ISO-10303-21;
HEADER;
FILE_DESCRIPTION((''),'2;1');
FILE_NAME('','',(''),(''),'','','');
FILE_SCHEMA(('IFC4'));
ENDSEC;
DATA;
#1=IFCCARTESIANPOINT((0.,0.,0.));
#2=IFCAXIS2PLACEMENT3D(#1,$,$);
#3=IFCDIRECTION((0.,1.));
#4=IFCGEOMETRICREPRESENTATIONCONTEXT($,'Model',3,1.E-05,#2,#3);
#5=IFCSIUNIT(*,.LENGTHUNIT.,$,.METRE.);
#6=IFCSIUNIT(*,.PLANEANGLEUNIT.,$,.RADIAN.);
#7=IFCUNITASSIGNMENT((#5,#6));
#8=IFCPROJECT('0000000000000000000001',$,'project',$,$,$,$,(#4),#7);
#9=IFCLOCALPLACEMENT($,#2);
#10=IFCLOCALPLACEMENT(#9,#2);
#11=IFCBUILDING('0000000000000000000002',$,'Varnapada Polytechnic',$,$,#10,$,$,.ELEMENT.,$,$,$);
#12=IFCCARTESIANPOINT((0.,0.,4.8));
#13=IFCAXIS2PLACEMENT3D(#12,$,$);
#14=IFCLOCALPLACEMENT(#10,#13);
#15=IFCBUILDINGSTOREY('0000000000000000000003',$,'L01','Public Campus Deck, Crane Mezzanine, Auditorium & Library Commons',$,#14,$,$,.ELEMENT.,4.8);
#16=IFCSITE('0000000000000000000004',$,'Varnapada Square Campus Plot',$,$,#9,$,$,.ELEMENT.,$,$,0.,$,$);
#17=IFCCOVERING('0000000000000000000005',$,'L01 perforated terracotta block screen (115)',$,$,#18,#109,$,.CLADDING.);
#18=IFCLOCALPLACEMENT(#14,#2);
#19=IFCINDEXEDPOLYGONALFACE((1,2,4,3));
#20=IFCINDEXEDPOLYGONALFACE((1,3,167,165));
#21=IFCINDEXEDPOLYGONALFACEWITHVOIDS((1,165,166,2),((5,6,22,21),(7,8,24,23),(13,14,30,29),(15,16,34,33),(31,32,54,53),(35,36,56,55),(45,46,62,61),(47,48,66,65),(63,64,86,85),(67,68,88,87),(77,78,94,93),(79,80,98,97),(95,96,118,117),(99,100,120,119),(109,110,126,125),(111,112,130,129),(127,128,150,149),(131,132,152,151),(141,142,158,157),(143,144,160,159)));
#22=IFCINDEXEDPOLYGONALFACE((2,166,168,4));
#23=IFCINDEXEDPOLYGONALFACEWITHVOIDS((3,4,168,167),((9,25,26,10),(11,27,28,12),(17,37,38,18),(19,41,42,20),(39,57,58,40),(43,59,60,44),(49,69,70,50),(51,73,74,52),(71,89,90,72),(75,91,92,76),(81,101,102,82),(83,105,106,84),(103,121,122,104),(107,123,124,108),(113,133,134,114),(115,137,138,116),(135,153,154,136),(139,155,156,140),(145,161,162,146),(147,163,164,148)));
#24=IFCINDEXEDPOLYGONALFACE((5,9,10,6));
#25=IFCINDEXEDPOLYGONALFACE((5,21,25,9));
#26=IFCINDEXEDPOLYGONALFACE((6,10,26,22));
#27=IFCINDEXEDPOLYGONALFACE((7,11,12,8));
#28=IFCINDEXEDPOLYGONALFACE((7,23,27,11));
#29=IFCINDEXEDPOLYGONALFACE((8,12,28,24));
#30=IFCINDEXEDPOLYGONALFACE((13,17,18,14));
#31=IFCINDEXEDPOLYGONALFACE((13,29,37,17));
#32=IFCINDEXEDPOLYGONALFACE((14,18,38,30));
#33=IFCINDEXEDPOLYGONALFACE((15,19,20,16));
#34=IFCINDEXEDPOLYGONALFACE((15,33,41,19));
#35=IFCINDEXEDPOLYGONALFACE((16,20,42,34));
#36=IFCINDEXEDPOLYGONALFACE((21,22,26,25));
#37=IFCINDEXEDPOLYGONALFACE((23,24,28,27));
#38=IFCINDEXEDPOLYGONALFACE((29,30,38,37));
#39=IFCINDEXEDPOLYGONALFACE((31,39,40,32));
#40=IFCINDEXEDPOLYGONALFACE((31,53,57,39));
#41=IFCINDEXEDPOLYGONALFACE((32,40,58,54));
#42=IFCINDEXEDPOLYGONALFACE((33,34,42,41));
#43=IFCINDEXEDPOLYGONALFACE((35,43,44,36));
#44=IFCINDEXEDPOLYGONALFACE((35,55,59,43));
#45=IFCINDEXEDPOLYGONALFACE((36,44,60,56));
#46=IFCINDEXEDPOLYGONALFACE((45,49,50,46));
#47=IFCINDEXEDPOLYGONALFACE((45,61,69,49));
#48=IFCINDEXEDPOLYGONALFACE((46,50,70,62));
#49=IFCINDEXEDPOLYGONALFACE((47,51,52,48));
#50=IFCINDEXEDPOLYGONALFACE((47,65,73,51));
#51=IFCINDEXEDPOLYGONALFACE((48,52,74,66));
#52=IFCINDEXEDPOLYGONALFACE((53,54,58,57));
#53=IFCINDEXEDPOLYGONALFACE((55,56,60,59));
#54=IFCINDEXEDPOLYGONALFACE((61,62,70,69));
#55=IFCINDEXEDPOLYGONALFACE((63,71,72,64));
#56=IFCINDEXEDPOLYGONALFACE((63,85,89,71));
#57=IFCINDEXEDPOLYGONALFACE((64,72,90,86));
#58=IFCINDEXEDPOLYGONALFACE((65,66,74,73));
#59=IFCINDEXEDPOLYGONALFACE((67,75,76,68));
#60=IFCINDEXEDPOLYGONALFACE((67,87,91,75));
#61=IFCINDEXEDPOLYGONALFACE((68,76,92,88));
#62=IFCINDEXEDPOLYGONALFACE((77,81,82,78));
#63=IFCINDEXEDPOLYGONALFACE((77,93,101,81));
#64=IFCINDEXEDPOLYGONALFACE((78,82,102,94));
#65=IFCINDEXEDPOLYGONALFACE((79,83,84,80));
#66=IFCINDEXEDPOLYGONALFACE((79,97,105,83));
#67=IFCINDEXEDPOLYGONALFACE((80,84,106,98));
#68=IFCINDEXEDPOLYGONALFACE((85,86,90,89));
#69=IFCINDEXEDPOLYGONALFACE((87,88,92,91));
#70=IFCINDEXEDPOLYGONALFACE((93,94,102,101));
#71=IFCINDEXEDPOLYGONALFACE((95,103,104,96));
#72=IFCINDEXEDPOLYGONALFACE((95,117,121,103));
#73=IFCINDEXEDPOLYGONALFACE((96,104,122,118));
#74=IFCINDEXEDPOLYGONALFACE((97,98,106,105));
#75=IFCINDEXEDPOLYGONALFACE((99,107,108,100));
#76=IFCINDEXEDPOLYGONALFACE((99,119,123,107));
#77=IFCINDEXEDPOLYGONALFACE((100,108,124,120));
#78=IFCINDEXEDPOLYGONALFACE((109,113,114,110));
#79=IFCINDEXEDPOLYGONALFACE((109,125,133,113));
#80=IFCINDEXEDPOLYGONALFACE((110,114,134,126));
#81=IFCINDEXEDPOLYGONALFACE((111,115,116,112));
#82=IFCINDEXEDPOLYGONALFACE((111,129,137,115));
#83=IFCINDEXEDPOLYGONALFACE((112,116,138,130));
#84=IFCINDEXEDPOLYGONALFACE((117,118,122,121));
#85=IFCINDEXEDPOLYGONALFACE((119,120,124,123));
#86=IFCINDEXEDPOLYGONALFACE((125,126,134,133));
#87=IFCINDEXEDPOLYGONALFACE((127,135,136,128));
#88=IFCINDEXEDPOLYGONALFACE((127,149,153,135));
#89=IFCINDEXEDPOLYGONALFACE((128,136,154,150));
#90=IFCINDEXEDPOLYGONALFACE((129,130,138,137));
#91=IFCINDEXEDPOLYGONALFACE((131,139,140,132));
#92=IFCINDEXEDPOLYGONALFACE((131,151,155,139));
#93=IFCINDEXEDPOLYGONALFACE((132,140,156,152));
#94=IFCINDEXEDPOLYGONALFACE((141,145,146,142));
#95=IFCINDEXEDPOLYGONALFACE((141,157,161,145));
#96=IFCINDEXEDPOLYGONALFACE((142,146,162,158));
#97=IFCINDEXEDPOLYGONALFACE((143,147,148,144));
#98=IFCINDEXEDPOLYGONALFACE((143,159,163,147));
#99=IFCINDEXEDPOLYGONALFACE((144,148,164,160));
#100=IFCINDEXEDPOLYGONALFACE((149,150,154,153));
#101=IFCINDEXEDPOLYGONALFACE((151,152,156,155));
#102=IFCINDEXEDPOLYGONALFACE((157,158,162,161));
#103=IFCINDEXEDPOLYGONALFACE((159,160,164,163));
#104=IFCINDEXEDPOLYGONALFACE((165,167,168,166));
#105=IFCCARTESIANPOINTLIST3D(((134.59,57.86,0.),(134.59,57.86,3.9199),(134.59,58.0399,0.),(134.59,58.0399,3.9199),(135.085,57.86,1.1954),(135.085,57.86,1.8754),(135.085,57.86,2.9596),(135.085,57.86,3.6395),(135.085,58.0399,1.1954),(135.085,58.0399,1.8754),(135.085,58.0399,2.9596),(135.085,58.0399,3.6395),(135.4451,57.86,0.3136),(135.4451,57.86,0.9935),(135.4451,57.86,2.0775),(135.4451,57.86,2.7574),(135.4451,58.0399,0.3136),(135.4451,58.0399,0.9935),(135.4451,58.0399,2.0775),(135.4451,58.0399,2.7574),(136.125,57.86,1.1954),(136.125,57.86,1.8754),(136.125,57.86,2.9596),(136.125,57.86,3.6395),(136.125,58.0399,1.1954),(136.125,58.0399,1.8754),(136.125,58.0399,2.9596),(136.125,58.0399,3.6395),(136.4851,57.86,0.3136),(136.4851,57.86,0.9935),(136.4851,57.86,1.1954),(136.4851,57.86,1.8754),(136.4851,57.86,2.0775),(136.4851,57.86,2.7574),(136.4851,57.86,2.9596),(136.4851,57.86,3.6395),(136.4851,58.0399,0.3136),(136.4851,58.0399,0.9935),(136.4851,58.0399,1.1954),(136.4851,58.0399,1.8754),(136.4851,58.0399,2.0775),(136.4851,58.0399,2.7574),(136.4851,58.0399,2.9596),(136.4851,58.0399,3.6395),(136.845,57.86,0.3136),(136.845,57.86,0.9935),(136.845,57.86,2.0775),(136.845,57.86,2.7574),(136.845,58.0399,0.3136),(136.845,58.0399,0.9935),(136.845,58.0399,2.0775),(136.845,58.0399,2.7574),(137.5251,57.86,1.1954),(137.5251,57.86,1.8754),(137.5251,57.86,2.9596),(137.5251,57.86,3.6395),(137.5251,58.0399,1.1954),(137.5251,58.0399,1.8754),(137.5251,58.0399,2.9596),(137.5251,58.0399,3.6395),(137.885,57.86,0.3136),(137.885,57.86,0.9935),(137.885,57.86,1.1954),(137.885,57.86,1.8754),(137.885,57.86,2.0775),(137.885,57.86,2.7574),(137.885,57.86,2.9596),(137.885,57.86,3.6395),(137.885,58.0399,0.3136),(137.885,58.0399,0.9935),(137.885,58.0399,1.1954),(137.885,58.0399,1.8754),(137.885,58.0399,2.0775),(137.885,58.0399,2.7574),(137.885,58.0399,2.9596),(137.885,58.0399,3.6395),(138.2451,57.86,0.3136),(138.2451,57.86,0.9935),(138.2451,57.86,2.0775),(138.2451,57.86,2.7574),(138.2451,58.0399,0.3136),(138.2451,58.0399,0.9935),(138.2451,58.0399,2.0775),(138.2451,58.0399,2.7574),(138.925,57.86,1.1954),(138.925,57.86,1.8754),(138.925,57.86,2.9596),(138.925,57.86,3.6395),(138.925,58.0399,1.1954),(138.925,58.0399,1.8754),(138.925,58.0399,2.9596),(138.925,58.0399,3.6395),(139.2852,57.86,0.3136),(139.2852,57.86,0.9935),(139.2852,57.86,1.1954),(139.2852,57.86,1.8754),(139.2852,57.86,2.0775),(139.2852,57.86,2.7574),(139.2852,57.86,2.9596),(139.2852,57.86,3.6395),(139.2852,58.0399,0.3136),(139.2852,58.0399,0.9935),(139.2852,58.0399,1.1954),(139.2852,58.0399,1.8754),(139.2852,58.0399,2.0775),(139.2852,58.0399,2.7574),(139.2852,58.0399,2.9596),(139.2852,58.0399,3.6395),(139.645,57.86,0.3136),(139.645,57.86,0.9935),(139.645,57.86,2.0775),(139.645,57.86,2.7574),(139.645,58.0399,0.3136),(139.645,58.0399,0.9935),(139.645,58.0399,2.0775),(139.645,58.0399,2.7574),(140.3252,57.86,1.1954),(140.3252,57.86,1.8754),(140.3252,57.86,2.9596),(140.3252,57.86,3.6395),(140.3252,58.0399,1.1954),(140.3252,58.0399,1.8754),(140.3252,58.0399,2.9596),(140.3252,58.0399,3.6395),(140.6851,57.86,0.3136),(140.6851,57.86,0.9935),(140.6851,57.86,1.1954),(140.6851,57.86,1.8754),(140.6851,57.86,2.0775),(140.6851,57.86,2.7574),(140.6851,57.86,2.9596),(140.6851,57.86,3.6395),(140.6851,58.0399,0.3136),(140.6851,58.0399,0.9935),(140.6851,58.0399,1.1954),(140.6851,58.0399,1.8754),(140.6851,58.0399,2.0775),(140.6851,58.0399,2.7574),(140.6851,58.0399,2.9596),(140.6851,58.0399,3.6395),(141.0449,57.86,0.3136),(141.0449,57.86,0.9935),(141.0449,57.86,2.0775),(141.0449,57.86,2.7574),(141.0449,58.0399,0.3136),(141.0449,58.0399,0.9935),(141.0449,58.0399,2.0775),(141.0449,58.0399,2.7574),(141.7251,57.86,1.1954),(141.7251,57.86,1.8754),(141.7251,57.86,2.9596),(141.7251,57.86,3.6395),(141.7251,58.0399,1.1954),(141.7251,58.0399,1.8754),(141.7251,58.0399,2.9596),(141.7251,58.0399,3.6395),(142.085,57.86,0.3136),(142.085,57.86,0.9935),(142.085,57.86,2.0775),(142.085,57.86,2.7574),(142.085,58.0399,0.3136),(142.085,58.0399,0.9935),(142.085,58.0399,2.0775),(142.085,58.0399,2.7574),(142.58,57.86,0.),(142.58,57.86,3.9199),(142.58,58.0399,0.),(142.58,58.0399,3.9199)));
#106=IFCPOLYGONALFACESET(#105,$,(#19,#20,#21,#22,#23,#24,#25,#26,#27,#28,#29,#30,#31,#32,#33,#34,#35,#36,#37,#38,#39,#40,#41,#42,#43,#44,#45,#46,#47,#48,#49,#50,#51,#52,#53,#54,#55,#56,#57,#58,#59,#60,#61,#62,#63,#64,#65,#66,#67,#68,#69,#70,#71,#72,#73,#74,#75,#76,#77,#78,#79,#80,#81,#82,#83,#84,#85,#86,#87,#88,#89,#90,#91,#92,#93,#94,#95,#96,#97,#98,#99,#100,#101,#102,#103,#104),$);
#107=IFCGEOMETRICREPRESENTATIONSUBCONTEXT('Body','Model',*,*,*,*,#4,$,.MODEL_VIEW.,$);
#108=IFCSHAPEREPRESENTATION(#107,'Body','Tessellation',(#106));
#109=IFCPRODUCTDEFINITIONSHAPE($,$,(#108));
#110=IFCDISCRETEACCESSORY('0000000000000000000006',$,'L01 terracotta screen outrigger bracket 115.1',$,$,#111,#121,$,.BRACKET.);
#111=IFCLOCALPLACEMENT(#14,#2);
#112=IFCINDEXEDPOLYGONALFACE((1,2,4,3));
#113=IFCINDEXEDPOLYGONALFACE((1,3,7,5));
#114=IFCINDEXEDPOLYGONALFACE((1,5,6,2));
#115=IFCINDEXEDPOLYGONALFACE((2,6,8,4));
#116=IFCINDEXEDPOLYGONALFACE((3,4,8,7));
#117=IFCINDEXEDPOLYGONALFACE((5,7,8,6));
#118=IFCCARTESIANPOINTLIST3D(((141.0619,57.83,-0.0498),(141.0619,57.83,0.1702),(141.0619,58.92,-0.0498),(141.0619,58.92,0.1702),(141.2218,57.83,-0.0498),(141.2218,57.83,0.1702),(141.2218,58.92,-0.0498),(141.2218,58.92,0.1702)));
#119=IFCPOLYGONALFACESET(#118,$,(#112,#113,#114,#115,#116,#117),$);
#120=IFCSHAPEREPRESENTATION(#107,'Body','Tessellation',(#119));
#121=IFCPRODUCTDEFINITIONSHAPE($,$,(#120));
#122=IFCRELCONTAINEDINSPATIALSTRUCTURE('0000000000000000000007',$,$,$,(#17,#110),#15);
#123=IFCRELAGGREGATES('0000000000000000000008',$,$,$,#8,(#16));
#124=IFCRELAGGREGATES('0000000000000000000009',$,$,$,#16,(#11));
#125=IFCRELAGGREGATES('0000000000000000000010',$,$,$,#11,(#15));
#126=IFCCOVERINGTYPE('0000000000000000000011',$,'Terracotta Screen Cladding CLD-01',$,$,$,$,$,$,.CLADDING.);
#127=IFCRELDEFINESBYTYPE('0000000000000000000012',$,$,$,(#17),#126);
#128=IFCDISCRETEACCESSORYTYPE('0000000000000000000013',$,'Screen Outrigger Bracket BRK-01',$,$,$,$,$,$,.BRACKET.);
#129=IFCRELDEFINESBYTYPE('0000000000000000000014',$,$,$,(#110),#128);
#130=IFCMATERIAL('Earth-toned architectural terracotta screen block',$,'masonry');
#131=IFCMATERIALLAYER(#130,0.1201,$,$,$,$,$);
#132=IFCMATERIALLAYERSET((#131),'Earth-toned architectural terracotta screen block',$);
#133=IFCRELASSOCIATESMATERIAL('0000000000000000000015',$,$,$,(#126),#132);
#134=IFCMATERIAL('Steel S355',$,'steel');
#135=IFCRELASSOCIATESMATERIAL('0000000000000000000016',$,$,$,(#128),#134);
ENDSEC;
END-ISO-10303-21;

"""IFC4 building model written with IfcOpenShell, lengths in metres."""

from ifc_helpers import new_model, si_unit, direction, frame, frame_2d, origin, origin_2d, place, context, subcontext, project, spatial, rectangle, extrude, material, layer, layer_set, type_object, element, save


model = new_model("IFC4")

# Units and contexts
model_context = context("Model", 3, precision=1e-05, world=origin(), true_north=direction((0.0, 1.0)))
body_context = subcontext(model_context, "Body", "Model", "MODEL_VIEW")
ifc_project = project(units=[si_unit("LENGTHUNIT", "METRE"), si_unit("PLANEANGLEUNIT", "RADIAN")], contexts=[model_context])

# Site, building, storey
site_placement = place(None, origin())
site = spatial("IfcSite", under=ifc_project, at=site_placement, Name="Varnapada Square Campus Plot", CompositionType="ELEMENT", RefElevation=0.0)
building_placement = place(site_placement, origin())
building = spatial("IfcBuilding", under=site, at=building_placement, Name="Varnapada Polytechnic", CompositionType="ELEMENT")
storey_placement = place(building_placement, frame((0.0, 0.0, 4.8)))
storey = spatial("IfcBuildingStorey", under=building, at=storey_placement, Name="L01", Description="Public Campus Deck, Crane Mezzanine, Auditorium & Library Commons", CompositionType="ELEMENT", Elevation=4.8)

# Shared definitions
ifc_material_1 = material(Name="Steel S355", Category="steel")

# Covering, openings
ifc_material_2 = material(Name="Earth-toned architectural terracotta screen block", Category="masonry")
ifc_layer_1 = layer(ifc_material_2, 0.1201)
ifc_layer_set_1 = layer_set([ifc_layer_1], Name="Earth-toned architectural terracotta screen block")
covering_type = type_object("IfcCoveringType", Name="Terracotta Screen Cladding CLD-01", PredefinedType="CLADDING", material=ifc_layer_set_1)
covering_placement = place(storey_placement, frame((142.5801, 57.95, 0.0), z_axis=(0.0, 0.0, 1.0), x_axis=(-1.0, 0.0, 0.0)))
covering = element("IfcCovering", 1, at=covering_placement, inside=storey, type_object=covering_type, Name="L01 perforated terracotta block screen (115)", PredefinedType="CLADDING", context=body_context, shape_type="SweptSolid", body=[
    extrude(rectangle(XDim=7.99, YDim=0.1799, at=frame_2d((3.9951, 0.0))), origin(), (0.0, 0.0, 1.0), 3.9199),
])
opening_1_placement = place(covering_placement, frame((0.4951, 0.0, 0.3137)))
element("IfcOpeningElement", 2, at=opening_1_placement, cuts=covering, PredefinedType="OPENING", context=body_context, shape_type="SweptSolid", body=[
    extrude(rectangle(XDim=1.04, YDim=0.6799, at=frame_2d((0.52, 0.3398))), frame((0.0, 0.0999, 0.0), z_axis=(0.0, -1.0, 0.0), x_axis=(1.0, 0.0, 0.0)), (0.0, 0.0, 1.0), 0.2),
])
opening_2_placement = place(covering_placement, frame((1.895, 0.0, 0.3137)))
element("IfcOpeningElement", 3, at=opening_2_placement, cuts=covering, PredefinedType="OPENING", context=body_context, shape_type="SweptSolid", body=[
    extrude(rectangle(XDim=1.04, YDim=0.6799, at=frame_2d((0.52, 0.3398))), frame((0.0, 0.0999, 0.0), z_axis=(0.0, -1.0, 0.0), x_axis=(1.0, 0.0, 0.0)), (0.0, 0.0, 1.0), 0.2),
])
opening_3_placement = place(covering_placement, frame((3.2949, 0.0, 0.3137)))
element("IfcOpeningElement", 4, at=opening_3_placement, cuts=covering, PredefinedType="OPENING", context=body_context, shape_type="SweptSolid", body=[
    extrude(rectangle(XDim=1.04, YDim=0.6799, at=frame_2d((0.52, 0.3398))), frame((0.0, 0.0999, 0.0), z_axis=(0.0, -1.0, 0.0), x_axis=(1.0, 0.0, 0.0)), (0.0, 0.0, 1.0), 0.2),
])
opening_4_placement = place(covering_placement, frame((4.6951, 0.0, 0.3137)))
element("IfcOpeningElement", 5, at=opening_4_placement, cuts=covering, PredefinedType="OPENING", context=body_context, shape_type="SweptSolid", body=[
    extrude(rectangle(XDim=1.04, YDim=0.6799, at=frame_2d((0.52, 0.3398))), frame((0.0, 0.0999, 0.0), z_axis=(0.0, -1.0, 0.0), x_axis=(1.0, 0.0, 0.0)), (0.0, 0.0, 1.0), 0.2),
])
opening_5_placement = place(covering_placement, frame((6.095, 0.0, 0.3137)))
element("IfcOpeningElement", 6, at=opening_5_placement, cuts=covering, PredefinedType="OPENING", context=body_context, shape_type="SweptSolid", body=[
    extrude(rectangle(XDim=1.04, YDim=0.6799, at=frame_2d((0.52, 0.3398))), frame((0.0, 0.0999, 0.0), z_axis=(0.0, -1.0, 0.0), x_axis=(1.0, 0.0, 0.0)), (0.0, 0.0, 1.0), 0.2),
])
opening_6_placement = place(covering_placement, frame((0.855, 0.0, 1.1956)))
element("IfcOpeningElement", 7, at=opening_6_placement, cuts=covering, PredefinedType="OPENING", context=body_context, shape_type="SweptSolid", body=[
    extrude(rectangle(XDim=1.04, YDim=0.6799, at=frame_2d((0.52, 0.3398))), frame((0.0, 0.0999, 0.0), z_axis=(0.0, -1.0, 0.0), x_axis=(1.0, 0.0, 0.0)), (0.0, 0.0, 1.0), 0.2),
])
opening_7_placement = place(covering_placement, frame((2.2549, 0.0, 1.1956)))
element("IfcOpeningElement", 8, at=opening_7_placement, cuts=covering, PredefinedType="OPENING", context=body_context, shape_type="SweptSolid", body=[
    extrude(rectangle(XDim=1.04, YDim=0.6799, at=frame_2d((0.52, 0.3398))), frame((0.0, 0.0999, 0.0), z_axis=(0.0, -1.0, 0.0), x_axis=(1.0, 0.0, 0.0)), (0.0, 0.0, 1.0), 0.2),
])
opening_8_placement = place(covering_placement, frame((3.655, 0.0, 1.1956)))
element("IfcOpeningElement", 9, at=opening_8_placement, cuts=covering, PredefinedType="OPENING", context=body_context, shape_type="SweptSolid", body=[
    extrude(rectangle(XDim=1.04, YDim=0.6799, at=frame_2d((0.52, 0.3398))), frame((0.0, 0.0999, 0.0), z_axis=(0.0, -1.0, 0.0), x_axis=(1.0, 0.0, 0.0)), (0.0, 0.0, 1.0), 0.2),
])
opening_9_placement = place(covering_placement, frame((5.0549, 0.0, 1.1956)))
element("IfcOpeningElement", 10, at=opening_9_placement, cuts=covering, PredefinedType="OPENING", context=body_context, shape_type="SweptSolid", body=[
    extrude(rectangle(XDim=1.04, YDim=0.6799, at=frame_2d((0.52, 0.3398))), frame((0.0, 0.0999, 0.0), z_axis=(0.0, -1.0, 0.0), x_axis=(1.0, 0.0, 0.0)), (0.0, 0.0, 1.0), 0.2),
])
opening_10_placement = place(covering_placement, frame((6.4551, 0.0, 1.1956)))
element("IfcOpeningElement", 11, at=opening_10_placement, cuts=covering, PredefinedType="OPENING", context=body_context, shape_type="SweptSolid", body=[
    extrude(rectangle(XDim=1.04, YDim=0.6799, at=frame_2d((0.52, 0.3398))), frame((0.0, 0.0999, 0.0), z_axis=(0.0, -1.0, 0.0), x_axis=(1.0, 0.0, 0.0)), (0.0, 0.0, 1.0), 0.2),
])
opening_11_placement = place(covering_placement, frame((0.4951, 0.0, 2.0776)))
element("IfcOpeningElement", 12, at=opening_11_placement, cuts=covering, PredefinedType="OPENING", context=body_context, shape_type="SweptSolid", body=[
    extrude(rectangle(XDim=1.04, YDim=0.6799, at=frame_2d((0.52, 0.3398))), frame((0.0, 0.0999, 0.0), z_axis=(0.0, -1.0, 0.0), x_axis=(1.0, 0.0, 0.0)), (0.0, 0.0, 1.0), 0.2),
])
opening_12_placement = place(covering_placement, frame((1.895, 0.0, 2.0776)))
element("IfcOpeningElement", 13, at=opening_12_placement, cuts=covering, PredefinedType="OPENING", context=body_context, shape_type="SweptSolid", body=[
    extrude(rectangle(XDim=1.04, YDim=0.6799, at=frame_2d((0.52, 0.3398))), frame((0.0, 0.0999, 0.0), z_axis=(0.0, -1.0, 0.0), x_axis=(1.0, 0.0, 0.0)), (0.0, 0.0, 1.0), 0.2),
])
opening_13_placement = place(covering_placement, frame((3.2949, 0.0, 2.0776)))
element("IfcOpeningElement", 14, at=opening_13_placement, cuts=covering, PredefinedType="OPENING", context=body_context, shape_type="SweptSolid", body=[
    extrude(rectangle(XDim=1.04, YDim=0.6799, at=frame_2d((0.52, 0.3398))), frame((0.0, 0.0999, 0.0), z_axis=(0.0, -1.0, 0.0), x_axis=(1.0, 0.0, 0.0)), (0.0, 0.0, 1.0), 0.2),
])
opening_14_placement = place(covering_placement, frame((4.6951, 0.0, 2.0776)))
element("IfcOpeningElement", 15, at=opening_14_placement, cuts=covering, PredefinedType="OPENING", context=body_context, shape_type="SweptSolid", body=[
    extrude(rectangle(XDim=1.04, YDim=0.6799, at=frame_2d((0.52, 0.3398))), frame((0.0, 0.0999, 0.0), z_axis=(0.0, -1.0, 0.0), x_axis=(1.0, 0.0, 0.0)), (0.0, 0.0, 1.0), 0.2),
])
opening_15_placement = place(covering_placement, frame((6.095, 0.0, 2.0776)))
element("IfcOpeningElement", 16, at=opening_15_placement, cuts=covering, PredefinedType="OPENING", context=body_context, shape_type="SweptSolid", body=[
    extrude(rectangle(XDim=1.04, YDim=0.6799, at=frame_2d((0.52, 0.3398))), frame((0.0, 0.0999, 0.0), z_axis=(0.0, -1.0, 0.0), x_axis=(1.0, 0.0, 0.0)), (0.0, 0.0, 1.0), 0.2),
])
opening_16_placement = place(covering_placement, frame((0.855, 0.0, 2.9597)))
element("IfcOpeningElement", 17, at=opening_16_placement, cuts=covering, PredefinedType="OPENING", context=body_context, shape_type="SweptSolid", body=[
    extrude(rectangle(XDim=1.04, YDim=0.6799, at=frame_2d((0.52, 0.3398))), frame((0.0, 0.0999, 0.0), z_axis=(0.0, -1.0, 0.0), x_axis=(1.0, 0.0, 0.0)), (0.0, 0.0, 1.0), 0.2),
])
opening_17_placement = place(covering_placement, frame((2.2549, 0.0, 2.9597)))
element("IfcOpeningElement", 18, at=opening_17_placement, cuts=covering, PredefinedType="OPENING", context=body_context, shape_type="SweptSolid", body=[
    extrude(rectangle(XDim=1.04, YDim=0.6799, at=frame_2d((0.52, 0.3398))), frame((0.0, 0.0999, 0.0), z_axis=(0.0, -1.0, 0.0), x_axis=(1.0, 0.0, 0.0)), (0.0, 0.0, 1.0), 0.2),
])
opening_18_placement = place(covering_placement, frame((3.655, 0.0, 2.9597)))
element("IfcOpeningElement", 19, at=opening_18_placement, cuts=covering, PredefinedType="OPENING", context=body_context, shape_type="SweptSolid", body=[
    extrude(rectangle(XDim=1.04, YDim=0.6799, at=frame_2d((0.52, 0.3398))), frame((0.0, 0.0999, 0.0), z_axis=(0.0, -1.0, 0.0), x_axis=(1.0, 0.0, 0.0)), (0.0, 0.0, 1.0), 0.2),
])
opening_19_placement = place(covering_placement, frame((5.0549, 0.0, 2.9597)))
element("IfcOpeningElement", 20, at=opening_19_placement, cuts=covering, PredefinedType="OPENING", context=body_context, shape_type="SweptSolid", body=[
    extrude(rectangle(XDim=1.04, YDim=0.6799, at=frame_2d((0.52, 0.3398))), frame((0.0, 0.0999, 0.0), z_axis=(0.0, -1.0, 0.0), x_axis=(1.0, 0.0, 0.0)), (0.0, 0.0, 1.0), 0.2),
])
opening_20_placement = place(covering_placement, frame((6.4551, 0.0, 2.9597)))
element("IfcOpeningElement", 21, at=opening_20_placement, cuts=covering, PredefinedType="OPENING", context=body_context, shape_type="SweptSolid", body=[
    extrude(rectangle(XDim=1.04, YDim=0.6799, at=frame_2d((0.52, 0.3398))), frame((0.0, 0.0999, 0.0), z_axis=(0.0, -1.0, 0.0), x_axis=(1.0, 0.0, 0.0)), (0.0, 0.0, 1.0), 0.2),
])

# Discrete accessory
discrete_accessory_type = type_object("IfcDiscreteAccessoryType", Name="Screen Outrigger Bracket BRK-01", PredefinedType="BRACKET", material=ifc_material_1)
discrete_accessory_placement = place(storey_placement, frame((141.1418, 58.375, -0.0498), z_axis=(0.0, 0.0, 1.0), x_axis=(-1.0, 0.0, 0.0)))
element("IfcDiscreteAccessory", 22, at=discrete_accessory_placement, inside=storey, type_object=discrete_accessory_type, Name="L01 terracotta screen outrigger bracket 115.1", PredefinedType="BRACKET", context=body_context, shape_type="SweptSolid", body=[
    extrude(rectangle(XDim=0.1599, YDim=1.0901, at=origin_2d()), origin(), (0.0, 0.0, 1.0), 0.22),
])

save(model, "model.ifc")
